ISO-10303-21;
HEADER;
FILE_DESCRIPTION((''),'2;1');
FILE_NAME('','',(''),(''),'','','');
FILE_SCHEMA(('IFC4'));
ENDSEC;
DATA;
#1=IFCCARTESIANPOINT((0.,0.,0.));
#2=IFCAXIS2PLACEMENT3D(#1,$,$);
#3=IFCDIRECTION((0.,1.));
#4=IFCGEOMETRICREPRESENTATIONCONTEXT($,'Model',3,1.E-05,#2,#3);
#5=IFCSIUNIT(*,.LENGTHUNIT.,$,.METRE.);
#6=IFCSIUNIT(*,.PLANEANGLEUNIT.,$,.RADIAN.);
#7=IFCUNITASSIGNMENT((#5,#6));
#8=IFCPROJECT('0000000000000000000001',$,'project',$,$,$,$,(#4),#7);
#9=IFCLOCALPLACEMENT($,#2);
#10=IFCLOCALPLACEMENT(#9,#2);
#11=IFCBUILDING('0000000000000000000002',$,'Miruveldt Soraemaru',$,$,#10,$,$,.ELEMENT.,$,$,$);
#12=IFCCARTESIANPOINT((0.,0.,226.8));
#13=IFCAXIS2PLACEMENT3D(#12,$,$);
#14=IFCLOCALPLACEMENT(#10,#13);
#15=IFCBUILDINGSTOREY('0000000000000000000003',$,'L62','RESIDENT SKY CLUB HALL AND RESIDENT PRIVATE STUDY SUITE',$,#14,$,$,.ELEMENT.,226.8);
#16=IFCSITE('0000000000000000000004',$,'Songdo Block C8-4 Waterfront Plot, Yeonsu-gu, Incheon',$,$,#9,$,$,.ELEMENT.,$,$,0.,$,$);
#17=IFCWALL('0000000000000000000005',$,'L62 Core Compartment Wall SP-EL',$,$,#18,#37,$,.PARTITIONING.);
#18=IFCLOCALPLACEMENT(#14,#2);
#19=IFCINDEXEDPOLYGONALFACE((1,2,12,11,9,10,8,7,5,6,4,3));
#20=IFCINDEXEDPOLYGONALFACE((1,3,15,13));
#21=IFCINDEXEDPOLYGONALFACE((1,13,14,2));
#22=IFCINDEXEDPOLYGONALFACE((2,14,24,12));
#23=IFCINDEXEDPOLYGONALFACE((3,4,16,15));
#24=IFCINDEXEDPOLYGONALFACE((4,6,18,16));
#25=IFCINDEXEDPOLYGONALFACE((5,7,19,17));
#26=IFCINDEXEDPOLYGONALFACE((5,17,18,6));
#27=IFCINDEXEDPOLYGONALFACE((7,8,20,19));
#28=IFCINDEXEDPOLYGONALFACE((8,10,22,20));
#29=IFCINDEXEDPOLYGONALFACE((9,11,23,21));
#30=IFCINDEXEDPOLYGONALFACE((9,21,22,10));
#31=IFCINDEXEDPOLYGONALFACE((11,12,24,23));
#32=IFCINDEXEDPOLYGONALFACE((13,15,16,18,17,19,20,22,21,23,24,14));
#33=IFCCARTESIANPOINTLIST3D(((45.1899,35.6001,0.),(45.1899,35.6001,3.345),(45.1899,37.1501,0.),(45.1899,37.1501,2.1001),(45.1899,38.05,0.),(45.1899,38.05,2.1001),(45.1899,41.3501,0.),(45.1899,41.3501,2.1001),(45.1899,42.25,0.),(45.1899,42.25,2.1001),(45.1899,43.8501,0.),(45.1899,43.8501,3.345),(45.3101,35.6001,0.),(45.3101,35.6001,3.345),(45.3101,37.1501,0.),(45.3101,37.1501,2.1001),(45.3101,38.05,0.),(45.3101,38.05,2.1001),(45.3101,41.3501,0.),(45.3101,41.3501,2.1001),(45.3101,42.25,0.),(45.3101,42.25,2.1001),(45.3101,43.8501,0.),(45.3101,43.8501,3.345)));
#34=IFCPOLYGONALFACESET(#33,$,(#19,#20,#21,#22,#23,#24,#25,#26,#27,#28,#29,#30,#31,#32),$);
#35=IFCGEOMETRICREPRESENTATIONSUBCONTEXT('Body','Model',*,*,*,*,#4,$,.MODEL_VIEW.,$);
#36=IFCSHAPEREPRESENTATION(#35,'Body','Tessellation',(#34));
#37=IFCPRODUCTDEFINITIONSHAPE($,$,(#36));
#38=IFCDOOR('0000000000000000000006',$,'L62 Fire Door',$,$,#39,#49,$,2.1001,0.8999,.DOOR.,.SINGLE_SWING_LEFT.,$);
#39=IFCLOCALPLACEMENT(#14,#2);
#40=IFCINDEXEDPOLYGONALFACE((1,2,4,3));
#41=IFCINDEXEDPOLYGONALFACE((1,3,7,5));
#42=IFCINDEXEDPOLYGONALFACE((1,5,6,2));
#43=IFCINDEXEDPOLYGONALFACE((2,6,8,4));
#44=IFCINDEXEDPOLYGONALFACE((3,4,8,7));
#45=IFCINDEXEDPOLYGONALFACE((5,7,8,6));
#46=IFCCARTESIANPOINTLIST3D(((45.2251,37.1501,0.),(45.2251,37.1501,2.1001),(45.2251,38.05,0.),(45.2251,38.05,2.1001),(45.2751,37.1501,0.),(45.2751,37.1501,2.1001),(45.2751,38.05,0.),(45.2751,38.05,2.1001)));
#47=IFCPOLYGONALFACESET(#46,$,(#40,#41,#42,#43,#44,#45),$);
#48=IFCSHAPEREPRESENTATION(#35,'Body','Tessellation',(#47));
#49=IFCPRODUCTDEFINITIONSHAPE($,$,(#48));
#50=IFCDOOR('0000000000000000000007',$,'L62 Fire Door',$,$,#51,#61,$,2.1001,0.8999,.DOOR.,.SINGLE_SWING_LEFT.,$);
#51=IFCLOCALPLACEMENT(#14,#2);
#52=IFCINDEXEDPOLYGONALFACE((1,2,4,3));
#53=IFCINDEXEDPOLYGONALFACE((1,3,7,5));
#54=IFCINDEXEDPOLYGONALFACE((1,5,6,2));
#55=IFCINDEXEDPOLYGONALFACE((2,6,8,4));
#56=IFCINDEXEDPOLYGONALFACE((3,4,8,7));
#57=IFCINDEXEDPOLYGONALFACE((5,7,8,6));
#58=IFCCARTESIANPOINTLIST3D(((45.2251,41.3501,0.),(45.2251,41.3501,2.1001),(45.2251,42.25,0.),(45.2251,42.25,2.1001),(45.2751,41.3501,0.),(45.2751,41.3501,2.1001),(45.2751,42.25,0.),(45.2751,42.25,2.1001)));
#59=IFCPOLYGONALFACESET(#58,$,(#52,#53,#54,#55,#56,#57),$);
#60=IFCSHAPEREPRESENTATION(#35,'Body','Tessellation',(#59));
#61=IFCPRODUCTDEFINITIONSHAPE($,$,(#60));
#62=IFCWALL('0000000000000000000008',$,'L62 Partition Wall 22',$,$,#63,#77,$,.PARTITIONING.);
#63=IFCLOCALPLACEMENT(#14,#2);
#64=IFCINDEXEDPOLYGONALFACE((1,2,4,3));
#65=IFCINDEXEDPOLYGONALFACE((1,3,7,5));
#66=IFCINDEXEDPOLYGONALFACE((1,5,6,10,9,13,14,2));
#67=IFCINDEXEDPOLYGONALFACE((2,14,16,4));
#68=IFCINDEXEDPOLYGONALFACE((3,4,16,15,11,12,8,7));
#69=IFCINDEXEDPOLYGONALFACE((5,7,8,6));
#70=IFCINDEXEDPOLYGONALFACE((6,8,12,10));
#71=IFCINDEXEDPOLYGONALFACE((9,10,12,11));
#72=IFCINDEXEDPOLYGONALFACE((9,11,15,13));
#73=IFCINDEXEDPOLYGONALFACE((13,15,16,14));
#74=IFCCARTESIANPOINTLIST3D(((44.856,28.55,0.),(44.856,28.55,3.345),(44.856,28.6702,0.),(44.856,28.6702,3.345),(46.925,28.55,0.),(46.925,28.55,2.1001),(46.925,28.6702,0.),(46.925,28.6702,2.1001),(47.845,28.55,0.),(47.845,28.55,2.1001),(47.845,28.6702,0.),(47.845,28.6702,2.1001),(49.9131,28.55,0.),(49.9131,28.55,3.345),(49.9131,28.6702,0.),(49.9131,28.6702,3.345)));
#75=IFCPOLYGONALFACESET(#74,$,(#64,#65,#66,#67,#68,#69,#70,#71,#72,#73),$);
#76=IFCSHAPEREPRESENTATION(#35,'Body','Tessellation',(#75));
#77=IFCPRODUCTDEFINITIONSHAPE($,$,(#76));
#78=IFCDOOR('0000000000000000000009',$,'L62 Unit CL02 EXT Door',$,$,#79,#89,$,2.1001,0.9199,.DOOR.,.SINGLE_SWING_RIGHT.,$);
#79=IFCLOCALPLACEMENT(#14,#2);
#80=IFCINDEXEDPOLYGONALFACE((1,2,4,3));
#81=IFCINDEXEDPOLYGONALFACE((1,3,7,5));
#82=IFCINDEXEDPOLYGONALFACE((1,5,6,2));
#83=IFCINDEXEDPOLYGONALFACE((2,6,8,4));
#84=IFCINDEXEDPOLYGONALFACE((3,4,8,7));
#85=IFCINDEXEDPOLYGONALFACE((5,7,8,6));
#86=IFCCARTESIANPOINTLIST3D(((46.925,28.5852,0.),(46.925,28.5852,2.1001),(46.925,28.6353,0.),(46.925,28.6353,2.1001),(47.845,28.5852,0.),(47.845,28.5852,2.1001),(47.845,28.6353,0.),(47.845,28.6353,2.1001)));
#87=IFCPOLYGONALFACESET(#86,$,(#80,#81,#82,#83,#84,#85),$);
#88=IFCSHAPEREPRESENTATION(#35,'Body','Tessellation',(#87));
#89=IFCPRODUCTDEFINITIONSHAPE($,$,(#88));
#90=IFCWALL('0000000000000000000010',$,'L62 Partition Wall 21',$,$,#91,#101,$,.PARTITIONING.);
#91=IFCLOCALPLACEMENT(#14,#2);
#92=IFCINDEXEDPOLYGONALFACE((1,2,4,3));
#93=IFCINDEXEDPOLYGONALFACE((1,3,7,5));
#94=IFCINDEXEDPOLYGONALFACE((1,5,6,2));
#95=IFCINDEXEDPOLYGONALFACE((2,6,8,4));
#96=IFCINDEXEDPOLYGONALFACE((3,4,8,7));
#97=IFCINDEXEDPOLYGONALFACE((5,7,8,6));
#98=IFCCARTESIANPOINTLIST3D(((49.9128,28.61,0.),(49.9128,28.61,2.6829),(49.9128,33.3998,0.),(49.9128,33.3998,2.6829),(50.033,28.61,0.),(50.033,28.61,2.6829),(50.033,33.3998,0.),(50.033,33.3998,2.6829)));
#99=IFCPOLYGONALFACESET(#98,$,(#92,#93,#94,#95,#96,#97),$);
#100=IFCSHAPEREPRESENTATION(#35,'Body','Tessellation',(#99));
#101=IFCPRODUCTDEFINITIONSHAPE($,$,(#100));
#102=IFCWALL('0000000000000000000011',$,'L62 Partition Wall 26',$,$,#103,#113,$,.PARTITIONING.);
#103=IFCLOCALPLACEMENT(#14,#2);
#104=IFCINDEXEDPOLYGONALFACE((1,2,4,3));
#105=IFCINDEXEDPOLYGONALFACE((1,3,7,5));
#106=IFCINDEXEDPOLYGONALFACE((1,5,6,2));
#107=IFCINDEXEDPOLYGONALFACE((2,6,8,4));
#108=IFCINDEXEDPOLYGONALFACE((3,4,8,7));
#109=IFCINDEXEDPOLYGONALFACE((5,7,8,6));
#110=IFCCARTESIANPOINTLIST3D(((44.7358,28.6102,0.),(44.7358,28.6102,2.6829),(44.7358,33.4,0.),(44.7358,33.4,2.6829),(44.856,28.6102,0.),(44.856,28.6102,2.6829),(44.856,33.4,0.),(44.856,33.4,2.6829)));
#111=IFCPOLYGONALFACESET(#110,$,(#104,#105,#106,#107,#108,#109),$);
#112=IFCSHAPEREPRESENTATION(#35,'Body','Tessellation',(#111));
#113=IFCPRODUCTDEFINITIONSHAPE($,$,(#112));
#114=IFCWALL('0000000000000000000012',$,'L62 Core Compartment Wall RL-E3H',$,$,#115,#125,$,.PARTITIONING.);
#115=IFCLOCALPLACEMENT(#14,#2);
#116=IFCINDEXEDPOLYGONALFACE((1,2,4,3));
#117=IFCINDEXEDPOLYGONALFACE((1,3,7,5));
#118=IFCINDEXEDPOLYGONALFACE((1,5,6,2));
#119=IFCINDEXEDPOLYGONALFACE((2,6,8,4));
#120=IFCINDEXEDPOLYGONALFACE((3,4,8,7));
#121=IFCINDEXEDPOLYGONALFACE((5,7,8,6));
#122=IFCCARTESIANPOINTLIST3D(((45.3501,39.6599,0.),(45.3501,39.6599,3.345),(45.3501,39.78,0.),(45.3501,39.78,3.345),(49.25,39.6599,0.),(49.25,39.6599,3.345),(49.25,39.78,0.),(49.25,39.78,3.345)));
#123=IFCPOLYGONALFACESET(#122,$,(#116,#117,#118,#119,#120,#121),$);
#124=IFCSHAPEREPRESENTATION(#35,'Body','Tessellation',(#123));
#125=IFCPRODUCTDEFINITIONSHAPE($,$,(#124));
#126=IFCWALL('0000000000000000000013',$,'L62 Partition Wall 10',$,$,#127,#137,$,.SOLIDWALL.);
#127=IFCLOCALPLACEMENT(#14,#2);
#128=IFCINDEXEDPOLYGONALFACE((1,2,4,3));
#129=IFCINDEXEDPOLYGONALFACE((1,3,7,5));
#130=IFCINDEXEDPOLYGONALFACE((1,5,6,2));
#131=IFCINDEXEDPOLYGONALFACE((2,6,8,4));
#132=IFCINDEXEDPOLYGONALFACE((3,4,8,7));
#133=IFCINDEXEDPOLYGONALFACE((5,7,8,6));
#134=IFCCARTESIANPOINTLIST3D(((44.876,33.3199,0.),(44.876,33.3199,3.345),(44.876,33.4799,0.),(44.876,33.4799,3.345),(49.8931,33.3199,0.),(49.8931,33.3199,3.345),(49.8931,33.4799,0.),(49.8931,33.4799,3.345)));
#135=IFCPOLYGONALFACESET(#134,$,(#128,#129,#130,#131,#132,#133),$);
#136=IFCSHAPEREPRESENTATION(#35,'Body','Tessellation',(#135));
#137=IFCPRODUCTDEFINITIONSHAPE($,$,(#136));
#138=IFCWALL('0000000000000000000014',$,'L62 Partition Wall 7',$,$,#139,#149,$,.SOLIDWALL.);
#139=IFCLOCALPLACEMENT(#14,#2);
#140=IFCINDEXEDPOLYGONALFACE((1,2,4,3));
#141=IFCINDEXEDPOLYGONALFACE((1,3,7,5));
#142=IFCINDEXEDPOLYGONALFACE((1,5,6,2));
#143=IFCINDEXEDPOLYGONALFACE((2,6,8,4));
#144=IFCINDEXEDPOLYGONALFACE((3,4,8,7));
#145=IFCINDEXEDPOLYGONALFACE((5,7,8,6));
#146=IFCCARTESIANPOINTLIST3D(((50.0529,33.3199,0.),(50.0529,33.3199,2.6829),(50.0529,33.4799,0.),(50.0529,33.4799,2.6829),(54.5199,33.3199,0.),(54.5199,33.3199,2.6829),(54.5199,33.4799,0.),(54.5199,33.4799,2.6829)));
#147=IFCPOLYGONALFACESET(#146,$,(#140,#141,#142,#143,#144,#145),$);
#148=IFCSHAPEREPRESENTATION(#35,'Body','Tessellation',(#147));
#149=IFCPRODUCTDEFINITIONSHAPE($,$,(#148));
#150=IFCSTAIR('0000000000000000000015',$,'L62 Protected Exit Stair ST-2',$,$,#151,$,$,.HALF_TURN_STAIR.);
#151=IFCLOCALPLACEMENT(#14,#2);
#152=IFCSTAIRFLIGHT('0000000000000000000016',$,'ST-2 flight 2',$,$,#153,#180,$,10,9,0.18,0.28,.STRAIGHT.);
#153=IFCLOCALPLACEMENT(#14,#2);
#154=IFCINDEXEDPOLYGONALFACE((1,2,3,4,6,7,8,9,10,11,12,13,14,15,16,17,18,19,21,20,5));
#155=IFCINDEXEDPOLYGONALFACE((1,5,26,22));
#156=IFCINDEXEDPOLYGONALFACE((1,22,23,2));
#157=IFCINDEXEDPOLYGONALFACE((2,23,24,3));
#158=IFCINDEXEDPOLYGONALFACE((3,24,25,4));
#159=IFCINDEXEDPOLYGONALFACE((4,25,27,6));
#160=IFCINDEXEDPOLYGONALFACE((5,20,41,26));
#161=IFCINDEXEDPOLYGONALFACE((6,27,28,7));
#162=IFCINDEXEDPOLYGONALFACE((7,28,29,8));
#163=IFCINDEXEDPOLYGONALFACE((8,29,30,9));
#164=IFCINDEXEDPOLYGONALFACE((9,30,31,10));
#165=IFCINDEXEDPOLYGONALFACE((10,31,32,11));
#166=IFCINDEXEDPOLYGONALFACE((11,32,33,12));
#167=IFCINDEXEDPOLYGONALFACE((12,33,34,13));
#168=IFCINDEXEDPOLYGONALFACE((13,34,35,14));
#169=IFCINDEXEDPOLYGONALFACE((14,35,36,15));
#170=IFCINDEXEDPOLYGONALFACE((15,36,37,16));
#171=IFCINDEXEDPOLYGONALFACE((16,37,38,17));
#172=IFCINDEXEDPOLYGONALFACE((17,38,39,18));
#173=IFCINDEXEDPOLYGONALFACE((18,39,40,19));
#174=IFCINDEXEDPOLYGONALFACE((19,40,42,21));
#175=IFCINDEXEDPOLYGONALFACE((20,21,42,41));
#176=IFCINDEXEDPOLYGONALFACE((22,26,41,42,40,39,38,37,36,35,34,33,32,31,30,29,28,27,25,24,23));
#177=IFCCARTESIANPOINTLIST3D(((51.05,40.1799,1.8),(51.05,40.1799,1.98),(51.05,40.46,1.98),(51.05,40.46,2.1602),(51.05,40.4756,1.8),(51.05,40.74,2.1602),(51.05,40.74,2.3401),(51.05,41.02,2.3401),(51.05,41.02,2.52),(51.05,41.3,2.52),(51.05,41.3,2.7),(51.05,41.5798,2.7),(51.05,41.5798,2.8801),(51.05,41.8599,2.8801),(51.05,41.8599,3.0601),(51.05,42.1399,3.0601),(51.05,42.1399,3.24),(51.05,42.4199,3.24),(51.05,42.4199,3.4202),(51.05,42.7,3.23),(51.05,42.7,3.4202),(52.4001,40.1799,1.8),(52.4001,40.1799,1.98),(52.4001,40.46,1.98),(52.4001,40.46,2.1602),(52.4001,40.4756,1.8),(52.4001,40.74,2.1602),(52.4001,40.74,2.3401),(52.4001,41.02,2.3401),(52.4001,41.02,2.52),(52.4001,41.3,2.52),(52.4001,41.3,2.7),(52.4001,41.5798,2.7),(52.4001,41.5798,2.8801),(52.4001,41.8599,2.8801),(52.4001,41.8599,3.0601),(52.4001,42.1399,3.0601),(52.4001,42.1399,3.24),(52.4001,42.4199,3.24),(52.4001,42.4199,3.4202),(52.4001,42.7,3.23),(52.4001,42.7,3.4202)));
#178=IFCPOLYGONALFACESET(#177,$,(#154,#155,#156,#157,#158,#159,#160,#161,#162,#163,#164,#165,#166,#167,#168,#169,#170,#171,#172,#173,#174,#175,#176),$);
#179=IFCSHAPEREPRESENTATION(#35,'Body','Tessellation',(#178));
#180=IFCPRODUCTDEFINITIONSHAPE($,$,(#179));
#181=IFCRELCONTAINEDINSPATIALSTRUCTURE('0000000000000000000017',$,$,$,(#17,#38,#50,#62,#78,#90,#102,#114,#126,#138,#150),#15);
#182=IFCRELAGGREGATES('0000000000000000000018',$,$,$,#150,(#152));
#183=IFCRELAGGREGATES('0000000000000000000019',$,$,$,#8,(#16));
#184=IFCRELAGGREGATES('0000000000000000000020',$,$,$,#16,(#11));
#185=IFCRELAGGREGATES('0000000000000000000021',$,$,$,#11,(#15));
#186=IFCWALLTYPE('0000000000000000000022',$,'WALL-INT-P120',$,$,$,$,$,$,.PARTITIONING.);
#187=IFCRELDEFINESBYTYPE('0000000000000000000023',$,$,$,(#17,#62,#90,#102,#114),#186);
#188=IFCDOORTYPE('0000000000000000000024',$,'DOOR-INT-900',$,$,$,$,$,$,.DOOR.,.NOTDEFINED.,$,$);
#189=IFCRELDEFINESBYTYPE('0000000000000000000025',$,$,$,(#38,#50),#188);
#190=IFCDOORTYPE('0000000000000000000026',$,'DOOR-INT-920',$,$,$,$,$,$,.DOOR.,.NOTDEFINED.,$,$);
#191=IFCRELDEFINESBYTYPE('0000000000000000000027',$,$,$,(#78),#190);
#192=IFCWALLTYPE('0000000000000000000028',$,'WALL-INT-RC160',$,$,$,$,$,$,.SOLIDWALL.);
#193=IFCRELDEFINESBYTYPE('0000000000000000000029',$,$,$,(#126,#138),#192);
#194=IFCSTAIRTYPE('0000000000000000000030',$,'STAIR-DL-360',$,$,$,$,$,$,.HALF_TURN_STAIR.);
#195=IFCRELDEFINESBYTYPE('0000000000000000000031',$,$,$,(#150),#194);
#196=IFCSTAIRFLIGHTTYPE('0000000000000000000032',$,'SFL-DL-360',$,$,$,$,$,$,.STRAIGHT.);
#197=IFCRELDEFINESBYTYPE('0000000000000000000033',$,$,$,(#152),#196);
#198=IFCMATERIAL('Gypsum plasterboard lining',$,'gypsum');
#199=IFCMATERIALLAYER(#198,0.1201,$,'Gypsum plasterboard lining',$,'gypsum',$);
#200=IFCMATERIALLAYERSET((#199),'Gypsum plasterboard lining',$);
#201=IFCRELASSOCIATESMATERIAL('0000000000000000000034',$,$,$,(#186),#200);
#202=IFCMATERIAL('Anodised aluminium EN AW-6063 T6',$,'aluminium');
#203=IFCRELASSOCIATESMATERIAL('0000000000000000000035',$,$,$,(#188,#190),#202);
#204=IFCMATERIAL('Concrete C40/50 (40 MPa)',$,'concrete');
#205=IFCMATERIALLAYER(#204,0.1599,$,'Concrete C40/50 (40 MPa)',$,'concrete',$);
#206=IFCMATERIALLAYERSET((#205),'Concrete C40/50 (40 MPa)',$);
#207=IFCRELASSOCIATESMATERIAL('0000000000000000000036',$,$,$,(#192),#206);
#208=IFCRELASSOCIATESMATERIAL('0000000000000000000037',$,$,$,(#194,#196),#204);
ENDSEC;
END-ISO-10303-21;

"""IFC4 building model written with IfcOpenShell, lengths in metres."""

from ifc_helpers import new_model, si_unit, direction, frame, frame_2d, origin, place, context, subcontext, project, spatial, polyline, rectangle, outline, extrude, material, layer, layer_set, type_object, element, fill, aggregate, save


model = new_model("IFC4")

# Units and contexts
model_context = context("Model", 3, precision=1e-05, world=origin(), true_north=direction((0.0, 1.0)))
body_context = subcontext(model_context, "Body", "Model", "MODEL_VIEW")
ifc_project = project(units=[si_unit("LENGTHUNIT", "METRE"), si_unit("PLANEANGLEUNIT", "RADIAN")], contexts=[model_context])

# Site, building, storey
site_placement = place(None, origin())
site = spatial("IfcSite", under=ifc_project, at=site_placement, Name="Songdo Block C8-4 Waterfront Plot, Yeonsu-gu, Incheon", CompositionType="ELEMENT", RefElevation=0.0)
building_placement = place(site_placement, origin())
building = spatial("IfcBuilding", under=site, at=building_placement, Name="Miruveldt Soraemaru", CompositionType="ELEMENT")
storey_placement = place(building_placement, frame((0.0, 0.0, 226.8)))
storey = spatial("IfcBuildingStorey", under=building, at=storey_placement, Name="L62", Description="RESIDENT SKY CLUB HALL AND RESIDENT PRIVATE STUDY SUITE", CompositionType="ELEMENT", Elevation=226.8)

# Wall, openings, doors
ifc_material_1 = material(Name="Gypsum plasterboard lining", Category="gypsum")
ifc_layer_1 = layer(ifc_material_1, 0.1201, Name="Gypsum plasterboard lining", Category="gypsum")
ifc_layer_set_1 = layer_set([ifc_layer_1], Name="Gypsum plasterboard lining")
wall_type_1 = type_object("IfcWallType", Name="WALL-INT-P120", PredefinedType="PARTITIONING", material=ifc_layer_set_1)
wall_1_placement = place(storey_placement, frame((45.25, 35.6001, 0.0), z_axis=(0.0, 0.0, 1.0), x_axis=(0.0, 1.0, 0.0)))
wall_1 = element("IfcWall", 1, at=wall_1_placement, inside=storey, type_object=wall_type_1, Name="L62 Core Compartment Wall SP-EL", PredefinedType="PARTITIONING", context=body_context, shape_type="SweptSolid", body=[
    extrude(rectangle(XDim=8.25, YDim=0.1201, at=frame_2d((4.125, 0.0))), origin(), (0.0, 0.0, 1.0), 3.345),
])
opening_1_placement = place(wall_1_placement, frame((1.55, 0.0, 0.0)))
opening_1 = element("IfcOpeningElement", 2, at=opening_1_placement, cuts=wall_1, PredefinedType="OPENING", context=body_context, shape_type="SweptSolid", body=[
    extrude(rectangle(XDim=0.8999, YDim=2.1001, at=frame_2d((0.45, 1.05))), frame((0.0, 0.0701, 0.0), z_axis=(0.0, -1.0, 0.0), x_axis=(1.0, 0.0, 0.0)), (0.0, 0.0, 1.0), 0.1401),
])
opening_2_placement = place(wall_1_placement, frame((5.75, 0.0, 0.0)))
opening_2 = element("IfcOpeningElement", 3, at=opening_2_placement, cuts=wall_1, PredefinedType="OPENING", context=body_context, shape_type="SweptSolid", body=[
    extrude(rectangle(XDim=0.8999, YDim=2.1001, at=frame_2d((0.45, 1.05))), frame((0.0, 0.0701, 0.0), z_axis=(0.0, -1.0, 0.0), x_axis=(1.0, 0.0, 0.0)), (0.0, 0.0, 1.0), 0.1401),
])
ifc_material_2 = material(Name="Anodised aluminium EN AW-6063 T6", Category="aluminium")
door_type_1 = type_object("IfcDoorType", Name="DOOR-INT-900", OperationType="NOTDEFINED", PredefinedType="DOOR", material=ifc_material_2)
door_1_placement = place(opening_1_placement, origin())
door_1 = element("IfcDoor", 4, at=door_1_placement, inside=storey, type_object=door_type_1, Name="L62 Fire Door", OperationType="SINGLE_SWING_LEFT", OverallHeight=2.1001, OverallWidth=0.8999, PredefinedType="DOOR", context=body_context, shape_type="SweptSolid", body=[
    extrude(rectangle(XDim=0.8999, YDim=2.1001, at=frame_2d((0.45, 1.05))), frame((0.0, 0.0249, 0.0), z_axis=(0.0, -1.0, 0.0), x_axis=(1.0, 0.0, 0.0)), (0.0, 0.0, 1.0), 0.05),
])
fill(opening_1, door_1)
door_2_placement = place(opening_2_placement, origin())
door_2 = element("IfcDoor", 5, at=door_2_placement, inside=storey, type_object=door_type_1, Name="L62 Fire Door", OperationType="SINGLE_SWING_LEFT", OverallHeight=2.1001, OverallWidth=0.8999, PredefinedType="DOOR", context=body_context, shape_type="SweptSolid", body=[
    extrude(rectangle(XDim=0.8999, YDim=2.1001, at=frame_2d((0.45, 1.05))), frame((0.0, 0.0249, 0.0), z_axis=(0.0, -1.0, 0.0), x_axis=(1.0, 0.0, 0.0)), (0.0, 0.0, 1.0), 0.05),
])
fill(opening_2, door_2)

# Wall, opening, door
wall_2_placement = place(storey_placement, frame((49.9131, 28.6101, 0.0), z_axis=(0.0, 0.0, 1.0), x_axis=(-1.0, 0.0, 0.0)))
wall_2 = element("IfcWall", 6, at=wall_2_placement, inside=storey, type_object=wall_type_1, Name="L62 Partition Wall 22", PredefinedType="PARTITIONING", context=body_context, shape_type="SweptSolid", body=[
    extrude(rectangle(XDim=5.0571, YDim=0.1201, at=frame_2d((2.5286, 0.0))), origin(), (0.0, 0.0, 1.0), 3.345),
])
opening_3_placement = place(wall_2_placement, frame((2.0681, 0.0, 0.0)))
opening_3 = element("IfcOpeningElement", 7, at=opening_3_placement, cuts=wall_2, PredefinedType="OPENING", context=body_context, shape_type="SweptSolid", body=[
    extrude(rectangle(XDim=0.9199, YDim=2.1001, at=frame_2d((0.46, 1.05))), frame((0.0, 0.0701, 0.0), z_axis=(0.0, -1.0, 0.0), x_axis=(1.0, 0.0, 0.0)), (0.0, 0.0, 1.0), 0.1401),
])
door_type_2 = type_object("IfcDoorType", Name="DOOR-INT-920", OperationType="NOTDEFINED", PredefinedType="DOOR", material=ifc_material_2)
door_3_placement = place(opening_3_placement, origin())
door_3 = element("IfcDoor", 8, at=door_3_placement, inside=storey, type_object=door_type_2, Name="L62 Unit CL02 EXT Door", OperationType="SINGLE_SWING_RIGHT", OverallHeight=2.1001, OverallWidth=0.9199, PredefinedType="DOOR", context=body_context, shape_type="SweptSolid", body=[
    extrude(rectangle(XDim=0.9199, YDim=2.1001, at=frame_2d((0.46, 1.05))), frame((0.0, 0.0249, 0.0), z_axis=(0.0, -1.0, 0.0), x_axis=(1.0, 0.0, 0.0)), (0.0, 0.0, 1.0), 0.05),
])
fill(opening_3, door_3)

# Walls
for number, where, z_axis, x_axis, name in (
    (9, (49.9729, 33.3999, 0.0), (0.0, 0.0, 1.0), (0.0, -1.0, 0.0), "L62 Partition Wall 21"),
    (10, (44.7959, 28.6101, 0.0), (0.0, 0.0, 1.0), (0.0, 1.0, 0.0), "L62 Partition Wall 26"),
):
    element("IfcWall", number, at=place(storey_placement, frame(where, z_axis=z_axis, x_axis=x_axis)), inside=storey, type_object=wall_type_1, Name=name, PredefinedType="PARTITIONING", context=body_context, shape_type="SweptSolid", body=[
        extrude(rectangle(XDim=4.7898, YDim=0.1201, at=frame_2d((2.395, 0.0))), origin(), (0.0, 0.0, 1.0), 2.6829),
    ])
wall_3_placement = place(storey_placement, frame((45.3501, 39.72, 0.0), z_axis=(0.0, 0.0, 1.0), x_axis=(1.0, 0.0, 0.0)))
element("IfcWall", 11, at=wall_3_placement, inside=storey, type_object=wall_type_1, Name="L62 Core Compartment Wall RL-E3H", PredefinedType="PARTITIONING", context=body_context, shape_type="SweptSolid", body=[
    extrude(rectangle(XDim=3.8999, YDim=0.1201, at=frame_2d((1.95, 0.0))), origin(), (0.0, 0.0, 1.0), 3.345),
])
ifc_material_3 = material(Name="Concrete C40/50 (40 MPa)", Category="concrete")
ifc_layer_2 = layer(ifc_material_3, 0.1599, Name="Concrete C40/50 (40 MPa)", Category="concrete")
ifc_layer_set_2 = layer_set([ifc_layer_2], Name="Concrete C40/50 (40 MPa)")
wall_type_2 = type_object("IfcWallType", Name="WALL-INT-RC160", PredefinedType="SOLIDWALL", material=ifc_layer_set_2)
wall_4_placement = place(storey_placement, frame((44.876, 33.3999, 0.0), z_axis=(0.0, 0.0, 1.0), x_axis=(1.0, 0.0, 0.0)))
element("IfcWall", 12, at=wall_4_placement, inside=storey, type_object=wall_type_2, Name="L62 Partition Wall 10", PredefinedType="SOLIDWALL", context=body_context, shape_type="SweptSolid", body=[
    extrude(rectangle(XDim=5.0171, YDim=0.1599, at=frame_2d((2.5085, 0.0))), origin(), (0.0, 0.0, 1.0), 3.345),
])
wall_5_placement = place(storey_placement, frame((50.053, 33.3999, 0.0), z_axis=(0.0, 0.0, 1.0), x_axis=(1.0, 0.0, 0.0)))
element("IfcWall", 13, at=wall_5_placement, inside=storey, type_object=wall_type_2, Name="L62 Partition Wall 7", PredefinedType="SOLIDWALL", context=body_context, shape_type="SweptSolid", body=[
    extrude(rectangle(XDim=4.467, YDim=0.1599, at=frame_2d((2.2334, 0.0))), origin(), (0.0, 0.0, 1.0), 2.6829),
])

# Stair, stair flight
stair_type = type_object("IfcStairType", Name="STAIR-DL-360", PredefinedType="HALF_TURN_STAIR", material=ifc_material_3)
stair_placement = place(storey_placement, origin())
stair = element("IfcStair", 14, at=stair_placement, inside=storey, type_object=stair_type, Name="L62 Protected Exit Stair ST-2", PredefinedType="HALF_TURN_STAIR")
stair_flight_type = type_object("IfcStairFlightType", Name="SFL-DL-360", PredefinedType="STRAIGHT", material=ifc_material_3)
stair_flight_placement = place(storey_placement, frame((51.7251, 40.1799, 1.8), z_axis=(0.0, 0.0, 1.0), x_axis=(0.0, 1.0, 0.0)))
stair_flight = element("IfcStairFlight", 15, at=stair_flight_placement, type_object=stair_flight_type, Name="ST-2 flight 2", NumberOfRisers=10, NumberOfTreads=9, PredefinedType="STRAIGHT", RiserHeight=0.18, TreadLength=0.28, context=body_context, shape_type="SweptSolid", body=[
    extrude(outline(polyline([(0.0, 0.0), (0.0, 0.1799), (0.28, 0.1799), (0.28, 0.3601), (0.5601, 0.3601), (0.5601, 0.54), (0.8401, 0.54), (0.8401, 0.72), (1.1201, 0.72), (1.1201, 0.8999), (1.3999, 0.8999), (1.3999, 1.0801), (1.6799, 1.0801), (1.6799, 1.26), (1.96, 1.26), (1.96, 1.4399), (2.24, 1.4399), (2.24, 1.6201), (2.52, 1.6201), (2.52, 1.8), (2.52, 1.4299), (0.2957, 0.0), (0.0, 0.0)])), frame((0.0, 0.675, 0.0), z_axis=(0.0, -1.0, 0.0), x_axis=(1.0, 0.0, 0.0)), (0.0, 0.0, 1.0), 1.3501),
])
aggregate(stair, [stair_flight])

save(model, "model.ifc")
